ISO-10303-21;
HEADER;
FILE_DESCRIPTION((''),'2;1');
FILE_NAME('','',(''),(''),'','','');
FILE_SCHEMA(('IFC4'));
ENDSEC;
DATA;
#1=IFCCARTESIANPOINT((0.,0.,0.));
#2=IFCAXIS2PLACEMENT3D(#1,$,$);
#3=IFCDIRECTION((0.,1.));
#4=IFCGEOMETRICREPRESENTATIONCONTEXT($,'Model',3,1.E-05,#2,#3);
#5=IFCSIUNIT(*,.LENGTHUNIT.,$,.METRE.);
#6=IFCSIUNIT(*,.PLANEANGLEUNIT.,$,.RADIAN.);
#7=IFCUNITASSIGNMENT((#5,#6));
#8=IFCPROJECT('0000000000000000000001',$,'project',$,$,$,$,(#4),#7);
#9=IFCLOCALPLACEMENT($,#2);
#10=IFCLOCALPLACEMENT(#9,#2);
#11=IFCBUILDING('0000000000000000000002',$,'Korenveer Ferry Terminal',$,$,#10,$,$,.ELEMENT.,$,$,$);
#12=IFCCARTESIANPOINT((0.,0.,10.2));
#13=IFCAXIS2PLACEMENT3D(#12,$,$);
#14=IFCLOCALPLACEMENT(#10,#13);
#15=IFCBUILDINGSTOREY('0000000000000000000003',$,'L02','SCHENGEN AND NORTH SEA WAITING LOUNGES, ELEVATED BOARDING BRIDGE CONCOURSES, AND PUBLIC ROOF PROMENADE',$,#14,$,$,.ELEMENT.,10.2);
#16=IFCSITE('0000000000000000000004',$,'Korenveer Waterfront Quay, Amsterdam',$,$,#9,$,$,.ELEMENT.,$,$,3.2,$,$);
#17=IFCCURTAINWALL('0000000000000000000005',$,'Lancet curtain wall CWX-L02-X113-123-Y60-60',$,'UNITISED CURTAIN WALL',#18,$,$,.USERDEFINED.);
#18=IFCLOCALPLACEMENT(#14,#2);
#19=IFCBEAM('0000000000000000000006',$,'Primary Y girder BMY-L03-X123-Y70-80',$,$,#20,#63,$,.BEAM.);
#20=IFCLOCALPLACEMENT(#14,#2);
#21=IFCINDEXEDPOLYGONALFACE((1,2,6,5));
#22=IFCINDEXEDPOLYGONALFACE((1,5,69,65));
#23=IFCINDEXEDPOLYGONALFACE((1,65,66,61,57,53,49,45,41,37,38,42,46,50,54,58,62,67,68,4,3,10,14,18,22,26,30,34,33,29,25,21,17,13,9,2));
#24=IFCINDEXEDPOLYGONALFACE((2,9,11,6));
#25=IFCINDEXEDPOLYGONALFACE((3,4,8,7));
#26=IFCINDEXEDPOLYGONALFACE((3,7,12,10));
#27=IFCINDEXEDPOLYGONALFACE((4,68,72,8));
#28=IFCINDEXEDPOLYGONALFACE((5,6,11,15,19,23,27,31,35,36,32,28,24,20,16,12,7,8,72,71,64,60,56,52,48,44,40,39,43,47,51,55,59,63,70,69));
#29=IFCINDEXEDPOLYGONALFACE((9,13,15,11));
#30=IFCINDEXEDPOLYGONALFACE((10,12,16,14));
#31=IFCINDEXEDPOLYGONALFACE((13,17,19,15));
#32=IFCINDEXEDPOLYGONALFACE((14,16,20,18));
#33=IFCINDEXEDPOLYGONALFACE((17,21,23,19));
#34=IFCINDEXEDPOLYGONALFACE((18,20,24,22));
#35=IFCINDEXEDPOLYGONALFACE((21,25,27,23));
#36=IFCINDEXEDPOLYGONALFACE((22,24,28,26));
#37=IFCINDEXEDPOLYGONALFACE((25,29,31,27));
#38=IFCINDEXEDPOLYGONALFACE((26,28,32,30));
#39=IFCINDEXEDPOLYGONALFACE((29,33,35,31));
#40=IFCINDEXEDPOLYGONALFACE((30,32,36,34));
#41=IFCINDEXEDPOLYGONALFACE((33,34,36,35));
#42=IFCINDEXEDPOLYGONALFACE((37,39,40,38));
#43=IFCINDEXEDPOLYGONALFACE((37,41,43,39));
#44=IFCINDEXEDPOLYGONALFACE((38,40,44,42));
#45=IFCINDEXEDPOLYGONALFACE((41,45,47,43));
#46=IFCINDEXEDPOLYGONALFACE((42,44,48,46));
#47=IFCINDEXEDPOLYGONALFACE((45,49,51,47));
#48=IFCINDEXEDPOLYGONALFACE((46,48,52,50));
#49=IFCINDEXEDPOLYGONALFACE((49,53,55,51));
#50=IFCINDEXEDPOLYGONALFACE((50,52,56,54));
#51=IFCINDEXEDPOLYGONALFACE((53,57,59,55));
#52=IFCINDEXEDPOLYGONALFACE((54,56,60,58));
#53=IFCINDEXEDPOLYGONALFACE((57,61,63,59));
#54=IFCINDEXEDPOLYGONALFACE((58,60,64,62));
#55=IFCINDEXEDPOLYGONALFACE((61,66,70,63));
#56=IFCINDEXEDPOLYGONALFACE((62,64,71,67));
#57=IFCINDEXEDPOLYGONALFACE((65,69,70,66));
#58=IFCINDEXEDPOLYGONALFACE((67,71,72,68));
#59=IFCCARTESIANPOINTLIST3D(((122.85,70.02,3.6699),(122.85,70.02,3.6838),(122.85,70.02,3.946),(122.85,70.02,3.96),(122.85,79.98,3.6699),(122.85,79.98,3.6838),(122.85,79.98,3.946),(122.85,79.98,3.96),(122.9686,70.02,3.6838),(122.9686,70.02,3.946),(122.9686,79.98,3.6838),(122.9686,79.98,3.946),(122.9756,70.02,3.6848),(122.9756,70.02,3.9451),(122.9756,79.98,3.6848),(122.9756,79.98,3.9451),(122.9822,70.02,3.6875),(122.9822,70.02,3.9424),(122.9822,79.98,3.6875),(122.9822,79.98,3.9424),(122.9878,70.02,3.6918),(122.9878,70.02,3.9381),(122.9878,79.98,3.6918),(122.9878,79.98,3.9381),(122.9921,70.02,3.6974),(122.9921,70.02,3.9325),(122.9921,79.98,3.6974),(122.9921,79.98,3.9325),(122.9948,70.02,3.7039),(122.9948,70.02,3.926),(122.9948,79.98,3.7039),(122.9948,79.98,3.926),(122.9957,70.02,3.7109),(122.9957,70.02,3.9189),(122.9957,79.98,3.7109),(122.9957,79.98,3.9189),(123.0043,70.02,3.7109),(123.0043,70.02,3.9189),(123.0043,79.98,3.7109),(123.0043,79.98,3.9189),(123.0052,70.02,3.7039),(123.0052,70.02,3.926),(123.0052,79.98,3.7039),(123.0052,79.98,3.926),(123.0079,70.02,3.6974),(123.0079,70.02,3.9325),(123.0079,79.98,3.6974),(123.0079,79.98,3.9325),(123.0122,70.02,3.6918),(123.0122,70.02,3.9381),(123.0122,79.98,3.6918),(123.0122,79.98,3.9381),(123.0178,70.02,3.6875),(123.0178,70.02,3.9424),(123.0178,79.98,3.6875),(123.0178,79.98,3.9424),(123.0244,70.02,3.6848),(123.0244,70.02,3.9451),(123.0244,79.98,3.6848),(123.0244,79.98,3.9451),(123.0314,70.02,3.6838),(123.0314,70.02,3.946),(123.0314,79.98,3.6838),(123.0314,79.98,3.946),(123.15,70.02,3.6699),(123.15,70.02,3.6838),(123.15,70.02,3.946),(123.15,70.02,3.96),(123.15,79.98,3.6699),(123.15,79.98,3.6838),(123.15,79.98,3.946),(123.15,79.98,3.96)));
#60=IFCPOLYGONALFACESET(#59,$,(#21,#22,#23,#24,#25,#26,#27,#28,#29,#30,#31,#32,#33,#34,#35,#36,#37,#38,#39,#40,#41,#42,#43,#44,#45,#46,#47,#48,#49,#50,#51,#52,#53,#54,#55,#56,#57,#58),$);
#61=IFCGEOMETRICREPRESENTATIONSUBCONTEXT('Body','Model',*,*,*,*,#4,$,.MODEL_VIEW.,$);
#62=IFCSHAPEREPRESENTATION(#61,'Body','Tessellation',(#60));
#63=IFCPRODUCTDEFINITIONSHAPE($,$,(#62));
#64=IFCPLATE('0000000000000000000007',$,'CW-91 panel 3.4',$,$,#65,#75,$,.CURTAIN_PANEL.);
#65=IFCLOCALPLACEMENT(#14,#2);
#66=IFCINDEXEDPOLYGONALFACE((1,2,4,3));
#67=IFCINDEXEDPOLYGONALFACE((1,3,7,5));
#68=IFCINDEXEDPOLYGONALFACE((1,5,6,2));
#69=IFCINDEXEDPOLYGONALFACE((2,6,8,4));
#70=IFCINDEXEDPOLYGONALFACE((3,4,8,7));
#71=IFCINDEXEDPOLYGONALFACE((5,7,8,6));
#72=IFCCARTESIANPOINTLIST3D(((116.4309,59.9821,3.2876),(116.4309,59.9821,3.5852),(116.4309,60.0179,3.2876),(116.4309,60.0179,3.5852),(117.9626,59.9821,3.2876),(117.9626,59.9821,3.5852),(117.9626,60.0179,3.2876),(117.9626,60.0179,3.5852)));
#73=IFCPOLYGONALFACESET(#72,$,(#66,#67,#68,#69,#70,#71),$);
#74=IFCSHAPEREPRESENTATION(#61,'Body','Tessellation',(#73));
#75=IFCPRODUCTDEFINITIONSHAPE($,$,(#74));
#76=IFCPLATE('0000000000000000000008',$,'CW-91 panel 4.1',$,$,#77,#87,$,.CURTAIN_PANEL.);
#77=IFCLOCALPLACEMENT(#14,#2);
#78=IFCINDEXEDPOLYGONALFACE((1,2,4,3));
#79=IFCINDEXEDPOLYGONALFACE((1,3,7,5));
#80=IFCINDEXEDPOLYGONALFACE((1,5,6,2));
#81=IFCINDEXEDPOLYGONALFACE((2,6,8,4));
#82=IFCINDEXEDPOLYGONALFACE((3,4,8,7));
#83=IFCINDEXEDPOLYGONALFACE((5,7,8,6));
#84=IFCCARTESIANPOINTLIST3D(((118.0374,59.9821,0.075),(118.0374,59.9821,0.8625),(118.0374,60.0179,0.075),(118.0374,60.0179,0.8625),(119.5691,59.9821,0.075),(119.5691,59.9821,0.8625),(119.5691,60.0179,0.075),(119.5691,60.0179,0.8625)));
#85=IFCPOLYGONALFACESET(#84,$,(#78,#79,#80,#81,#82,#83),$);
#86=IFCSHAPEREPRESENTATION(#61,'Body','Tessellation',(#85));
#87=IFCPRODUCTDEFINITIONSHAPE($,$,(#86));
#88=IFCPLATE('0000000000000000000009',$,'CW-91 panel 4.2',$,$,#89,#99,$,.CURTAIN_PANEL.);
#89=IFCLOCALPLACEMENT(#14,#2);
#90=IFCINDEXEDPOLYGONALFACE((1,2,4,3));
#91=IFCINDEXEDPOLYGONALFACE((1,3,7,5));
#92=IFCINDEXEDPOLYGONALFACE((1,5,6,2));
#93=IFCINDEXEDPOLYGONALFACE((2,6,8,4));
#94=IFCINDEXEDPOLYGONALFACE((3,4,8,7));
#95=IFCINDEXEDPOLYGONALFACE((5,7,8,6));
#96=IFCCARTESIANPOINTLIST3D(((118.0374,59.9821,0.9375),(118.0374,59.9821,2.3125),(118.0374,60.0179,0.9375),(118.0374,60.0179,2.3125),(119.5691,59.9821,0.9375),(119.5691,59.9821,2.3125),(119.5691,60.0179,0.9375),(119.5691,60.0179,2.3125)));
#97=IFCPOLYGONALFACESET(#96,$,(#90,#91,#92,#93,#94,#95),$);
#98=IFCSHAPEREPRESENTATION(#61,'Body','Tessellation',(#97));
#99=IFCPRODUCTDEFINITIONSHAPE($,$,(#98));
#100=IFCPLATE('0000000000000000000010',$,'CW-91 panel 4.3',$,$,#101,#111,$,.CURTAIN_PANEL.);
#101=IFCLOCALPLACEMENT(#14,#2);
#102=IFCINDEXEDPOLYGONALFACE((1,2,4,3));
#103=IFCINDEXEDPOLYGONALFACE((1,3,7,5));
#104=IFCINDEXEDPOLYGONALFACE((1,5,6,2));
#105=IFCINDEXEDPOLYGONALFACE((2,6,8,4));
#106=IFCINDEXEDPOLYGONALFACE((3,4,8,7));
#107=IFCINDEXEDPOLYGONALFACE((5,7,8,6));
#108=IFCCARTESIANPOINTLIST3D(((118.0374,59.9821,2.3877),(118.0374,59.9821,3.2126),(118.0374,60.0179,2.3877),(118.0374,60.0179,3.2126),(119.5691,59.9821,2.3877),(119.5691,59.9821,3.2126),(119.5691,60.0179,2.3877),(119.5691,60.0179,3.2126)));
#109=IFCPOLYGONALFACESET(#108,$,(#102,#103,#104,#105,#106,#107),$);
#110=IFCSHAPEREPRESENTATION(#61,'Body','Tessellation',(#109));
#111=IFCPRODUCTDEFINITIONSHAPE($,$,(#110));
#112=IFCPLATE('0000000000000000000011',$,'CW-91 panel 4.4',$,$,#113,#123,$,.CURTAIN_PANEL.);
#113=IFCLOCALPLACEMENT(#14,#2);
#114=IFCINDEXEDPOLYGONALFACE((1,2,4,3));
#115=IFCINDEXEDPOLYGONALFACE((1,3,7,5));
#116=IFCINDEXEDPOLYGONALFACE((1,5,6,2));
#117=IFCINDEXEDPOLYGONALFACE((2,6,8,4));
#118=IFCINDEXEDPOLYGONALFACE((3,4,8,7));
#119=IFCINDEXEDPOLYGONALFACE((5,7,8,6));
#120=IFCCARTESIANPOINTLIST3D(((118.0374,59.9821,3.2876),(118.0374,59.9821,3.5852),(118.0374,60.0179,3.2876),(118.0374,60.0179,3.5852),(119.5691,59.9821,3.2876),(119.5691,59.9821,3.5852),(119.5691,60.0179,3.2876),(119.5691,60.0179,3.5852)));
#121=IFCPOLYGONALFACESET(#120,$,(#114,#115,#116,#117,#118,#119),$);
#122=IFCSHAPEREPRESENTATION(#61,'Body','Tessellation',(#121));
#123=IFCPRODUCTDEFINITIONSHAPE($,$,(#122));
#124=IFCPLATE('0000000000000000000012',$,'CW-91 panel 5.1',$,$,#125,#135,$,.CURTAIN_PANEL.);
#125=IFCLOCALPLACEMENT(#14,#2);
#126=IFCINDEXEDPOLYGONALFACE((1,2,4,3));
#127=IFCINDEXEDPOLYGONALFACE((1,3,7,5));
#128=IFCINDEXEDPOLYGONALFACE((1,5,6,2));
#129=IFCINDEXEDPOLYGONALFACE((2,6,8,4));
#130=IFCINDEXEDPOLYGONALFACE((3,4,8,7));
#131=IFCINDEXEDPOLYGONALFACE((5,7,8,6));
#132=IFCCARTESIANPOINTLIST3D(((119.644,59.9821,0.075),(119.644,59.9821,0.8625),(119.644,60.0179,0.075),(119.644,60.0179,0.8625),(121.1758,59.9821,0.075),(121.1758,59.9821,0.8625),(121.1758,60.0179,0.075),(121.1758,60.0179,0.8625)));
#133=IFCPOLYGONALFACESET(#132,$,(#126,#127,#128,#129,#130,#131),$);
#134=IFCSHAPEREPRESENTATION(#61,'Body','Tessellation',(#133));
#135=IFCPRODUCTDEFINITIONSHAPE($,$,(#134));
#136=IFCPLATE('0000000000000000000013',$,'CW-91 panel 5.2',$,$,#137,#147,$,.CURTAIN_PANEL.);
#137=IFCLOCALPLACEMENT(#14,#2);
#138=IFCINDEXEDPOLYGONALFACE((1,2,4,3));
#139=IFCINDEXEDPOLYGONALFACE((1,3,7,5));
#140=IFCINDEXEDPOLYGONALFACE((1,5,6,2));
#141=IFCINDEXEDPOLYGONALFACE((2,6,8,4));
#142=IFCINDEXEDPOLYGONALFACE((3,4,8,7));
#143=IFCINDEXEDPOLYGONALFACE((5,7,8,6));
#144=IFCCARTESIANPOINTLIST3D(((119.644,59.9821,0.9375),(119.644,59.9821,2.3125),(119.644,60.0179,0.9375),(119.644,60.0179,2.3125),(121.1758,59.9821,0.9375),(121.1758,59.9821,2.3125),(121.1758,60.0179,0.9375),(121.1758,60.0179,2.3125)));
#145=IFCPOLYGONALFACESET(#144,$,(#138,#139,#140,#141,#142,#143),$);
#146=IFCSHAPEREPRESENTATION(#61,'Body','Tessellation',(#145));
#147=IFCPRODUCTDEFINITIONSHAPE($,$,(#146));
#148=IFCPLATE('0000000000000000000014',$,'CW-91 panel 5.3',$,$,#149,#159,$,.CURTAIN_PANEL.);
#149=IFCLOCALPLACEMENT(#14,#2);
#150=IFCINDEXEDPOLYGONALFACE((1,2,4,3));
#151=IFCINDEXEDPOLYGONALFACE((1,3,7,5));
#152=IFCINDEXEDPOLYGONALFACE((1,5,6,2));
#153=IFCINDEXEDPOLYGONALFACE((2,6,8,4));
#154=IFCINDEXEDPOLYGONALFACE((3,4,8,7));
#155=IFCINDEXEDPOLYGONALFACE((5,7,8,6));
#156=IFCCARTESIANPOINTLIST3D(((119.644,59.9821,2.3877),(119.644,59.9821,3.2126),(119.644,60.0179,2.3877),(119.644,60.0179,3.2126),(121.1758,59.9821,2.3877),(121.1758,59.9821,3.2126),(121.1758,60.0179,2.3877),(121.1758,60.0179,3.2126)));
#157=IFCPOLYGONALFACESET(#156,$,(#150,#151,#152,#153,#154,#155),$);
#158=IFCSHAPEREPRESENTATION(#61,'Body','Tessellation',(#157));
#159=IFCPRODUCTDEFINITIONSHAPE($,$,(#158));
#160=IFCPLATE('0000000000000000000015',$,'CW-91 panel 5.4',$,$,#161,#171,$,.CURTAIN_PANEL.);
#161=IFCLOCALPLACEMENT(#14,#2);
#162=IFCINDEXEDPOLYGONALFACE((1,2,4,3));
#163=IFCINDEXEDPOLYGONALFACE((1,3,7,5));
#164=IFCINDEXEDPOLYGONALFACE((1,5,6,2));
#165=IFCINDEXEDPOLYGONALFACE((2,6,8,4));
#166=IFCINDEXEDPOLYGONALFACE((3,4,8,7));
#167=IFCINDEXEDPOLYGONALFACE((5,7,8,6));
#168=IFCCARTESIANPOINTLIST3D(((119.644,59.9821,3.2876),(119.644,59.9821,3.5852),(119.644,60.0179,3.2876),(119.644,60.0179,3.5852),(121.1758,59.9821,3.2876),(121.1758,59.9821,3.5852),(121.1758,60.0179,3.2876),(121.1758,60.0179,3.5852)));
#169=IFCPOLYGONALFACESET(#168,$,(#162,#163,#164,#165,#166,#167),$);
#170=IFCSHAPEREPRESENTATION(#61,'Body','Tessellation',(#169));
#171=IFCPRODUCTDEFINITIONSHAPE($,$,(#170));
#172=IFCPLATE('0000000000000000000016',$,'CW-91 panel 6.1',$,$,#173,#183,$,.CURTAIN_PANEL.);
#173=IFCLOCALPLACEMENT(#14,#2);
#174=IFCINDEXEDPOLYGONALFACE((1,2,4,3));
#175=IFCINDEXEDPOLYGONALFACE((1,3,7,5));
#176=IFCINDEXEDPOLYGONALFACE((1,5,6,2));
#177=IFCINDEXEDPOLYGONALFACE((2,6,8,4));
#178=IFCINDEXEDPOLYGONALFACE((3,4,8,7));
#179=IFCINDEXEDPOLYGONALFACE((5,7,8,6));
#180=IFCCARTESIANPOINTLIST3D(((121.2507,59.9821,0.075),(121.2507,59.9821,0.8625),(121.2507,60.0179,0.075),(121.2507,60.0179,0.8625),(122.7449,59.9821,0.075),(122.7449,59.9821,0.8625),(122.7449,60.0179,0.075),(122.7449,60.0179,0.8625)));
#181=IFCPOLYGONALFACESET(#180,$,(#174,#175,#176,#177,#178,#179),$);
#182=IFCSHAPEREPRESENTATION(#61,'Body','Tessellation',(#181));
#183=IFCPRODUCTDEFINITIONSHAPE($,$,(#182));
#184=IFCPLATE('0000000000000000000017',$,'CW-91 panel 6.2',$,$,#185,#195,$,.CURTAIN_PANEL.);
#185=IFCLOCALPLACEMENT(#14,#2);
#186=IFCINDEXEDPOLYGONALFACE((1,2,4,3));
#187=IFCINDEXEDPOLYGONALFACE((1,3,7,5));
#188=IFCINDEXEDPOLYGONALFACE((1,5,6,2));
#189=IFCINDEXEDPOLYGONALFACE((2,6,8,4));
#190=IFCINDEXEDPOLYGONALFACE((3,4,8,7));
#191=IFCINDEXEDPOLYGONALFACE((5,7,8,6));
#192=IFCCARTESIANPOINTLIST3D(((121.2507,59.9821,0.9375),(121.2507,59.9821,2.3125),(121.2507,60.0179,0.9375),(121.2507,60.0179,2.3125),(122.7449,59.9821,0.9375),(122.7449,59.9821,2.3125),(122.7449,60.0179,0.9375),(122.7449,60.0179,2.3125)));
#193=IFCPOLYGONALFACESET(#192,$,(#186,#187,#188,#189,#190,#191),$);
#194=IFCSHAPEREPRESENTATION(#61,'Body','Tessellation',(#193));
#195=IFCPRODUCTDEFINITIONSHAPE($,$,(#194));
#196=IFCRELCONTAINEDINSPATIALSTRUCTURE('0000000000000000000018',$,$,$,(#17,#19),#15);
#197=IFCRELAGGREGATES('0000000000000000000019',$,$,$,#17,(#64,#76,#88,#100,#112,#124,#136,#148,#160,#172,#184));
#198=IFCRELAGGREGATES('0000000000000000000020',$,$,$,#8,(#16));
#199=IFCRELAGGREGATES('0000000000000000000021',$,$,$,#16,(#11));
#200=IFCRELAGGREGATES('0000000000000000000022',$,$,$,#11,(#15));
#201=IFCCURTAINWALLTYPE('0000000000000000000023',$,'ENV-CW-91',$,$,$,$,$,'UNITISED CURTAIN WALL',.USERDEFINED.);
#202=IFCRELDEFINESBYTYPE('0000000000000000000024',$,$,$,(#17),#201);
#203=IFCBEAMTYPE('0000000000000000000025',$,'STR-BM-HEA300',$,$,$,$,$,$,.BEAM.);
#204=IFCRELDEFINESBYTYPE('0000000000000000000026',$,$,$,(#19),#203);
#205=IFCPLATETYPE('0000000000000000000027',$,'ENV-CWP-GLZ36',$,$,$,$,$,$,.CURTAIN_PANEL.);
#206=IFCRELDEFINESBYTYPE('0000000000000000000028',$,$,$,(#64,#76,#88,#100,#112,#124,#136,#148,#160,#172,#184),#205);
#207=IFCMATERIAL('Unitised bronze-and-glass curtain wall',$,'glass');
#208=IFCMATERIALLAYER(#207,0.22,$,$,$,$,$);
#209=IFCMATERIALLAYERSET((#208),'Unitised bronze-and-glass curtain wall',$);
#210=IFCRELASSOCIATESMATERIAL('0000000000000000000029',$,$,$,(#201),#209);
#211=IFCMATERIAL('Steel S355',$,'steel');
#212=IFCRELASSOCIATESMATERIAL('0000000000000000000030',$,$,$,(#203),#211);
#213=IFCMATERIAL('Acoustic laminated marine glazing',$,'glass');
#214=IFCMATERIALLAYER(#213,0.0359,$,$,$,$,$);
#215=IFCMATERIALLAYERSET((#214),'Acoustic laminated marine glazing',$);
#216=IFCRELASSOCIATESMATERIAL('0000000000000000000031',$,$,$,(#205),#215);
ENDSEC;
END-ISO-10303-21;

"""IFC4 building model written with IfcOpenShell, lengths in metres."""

from ifc_helpers import new_model, si_unit, direction, frame, origin, origin_2d, place, context, subcontext, project, spatial, rectangle, i_section, extrude, material, layer, layer_set, material_profile, profile_set, type_object, element, aggregate, save


model = new_model("IFC4")

# Units and contexts
model_context = context("Model", 3, precision=1e-05, world=origin(), true_north=direction((0.0, 1.0)))
body_context = subcontext(model_context, "Body", "Model", "MODEL_VIEW")
ifc_project = project(units=[si_unit("LENGTHUNIT", "METRE"), si_unit("PLANEANGLEUNIT", "RADIAN")], contexts=[model_context])

# Site, building, storey
site_placement = place(None, origin())
site = spatial("IfcSite", under=ifc_project, at=site_placement, Name="Korenveer Waterfront Quay, Amsterdam", CompositionType="ELEMENT", RefElevation=3.2)
building_placement = place(site_placement, origin())
building = spatial("IfcBuilding", under=site, at=building_placement, Name="Korenveer Ferry Terminal", CompositionType="ELEMENT")
storey_placement = place(building_placement, frame((0.0, 0.0, 10.2)))
storey = spatial("IfcBuildingStorey", under=building, at=storey_placement, Name="L02", Description="SCHENGEN AND NORTH SEA WAITING LOUNGES, ELEVATED BOARDING BRIDGE CONCOURSES, AND PUBLIC ROOF PROMENADE", CompositionType="ELEMENT", Elevation=10.2)

# Shared definitions
ifc_material_1 = material(Name="Steel S355", Category="steel")

# Curtain wall
ifc_material_2 = material(Name="Unitised bronze-and-glass curtain wall", Category="glass")
ifc_layer_1 = layer(ifc_material_2, 0.22)
ifc_layer_set_1 = layer_set([ifc_layer_1], Name="Unitised bronze-and-glass curtain wall")
curtain_wall_type_1 = type_object("IfcCurtainWallType", Name="ENV-CW-91", ElementType="UNITISED CURTAIN WALL", PredefinedType="USERDEFINED", material=ifc_layer_set_1)
curtain_wall_1_placement = place(storey_placement, frame((113.1799, 60.0, 0.0)))
curtain_wall_1 = element("IfcCurtainWall", 1, at=curtain_wall_1_placement, inside=storey, type_object=curtain_wall_type_1, Name="Lancet curtain wall CWX-L02-X113-123-Y60-60", ObjectType="UNITISED CURTAIN WALL", PredefinedType="USERDEFINED")

# Beam
ifc_material_profile_1 = material_profile(ifc_material_1, i_section(OverallWidth=0.3, OverallDepth=0.29, WebThickness=0.0085, FlangeThickness=0.0139, FilletRadius=0.0271, at=origin_2d()), Name="HEA 300")
ifc_profile_set_1 = profile_set([ifc_material_profile_1], Name="Steel S355")
beam_type = type_object("IfcBeamType", Name="STR-BM-HEA300", PredefinedType="BEAM", material=ifc_profile_set_1)
beam_placement = place(storey_placement, frame((123.0, 70.02, 3.8149), z_axis=(0.0, 1.0, 0.0), x_axis=(-1.0, 0.0, 0.0)))
element("IfcBeam", 2, at=beam_placement, inside=storey, type_object=beam_type, Name="Primary Y girder BMY-L03-X123-Y70-80", PredefinedType="BEAM", context=body_context, shape_type="SweptSolid", body=[
    extrude(i_section(OverallWidth=0.3, OverallDepth=0.29, WebThickness=0.0085, FlangeThickness=0.0139, FilletRadius=0.0271, at=origin_2d()), origin(), (0.0, 0.0, 1.0), 9.96),
])

# Plates
ifc_material_3 = material(Name="Acoustic laminated marine glazing", Category="glass")
ifc_layer_2 = layer(ifc_material_3, 0.0359)
ifc_layer_set_2 = layer_set([ifc_layer_2], Name="Acoustic laminated marine glazing")
plate_type = type_object("IfcPlateType", Name="ENV-CWP-GLZ36", PredefinedType="CURTAIN_PANEL", material=ifc_layer_set_2)
plate_1_placement = place(storey_placement, frame((117.1968, 60.0, 3.2876), z_axis=(0.0, 0.0, 1.0), x_axis=(1.0, 0.0, 0.0)))
plate_1 = element("IfcPlate", 3, at=plate_1_placement, type_object=plate_type, Name="CW-91 panel 3.4", PredefinedType="CURTAIN_PANEL", context=body_context, shape_type="SweptSolid", body=[
    extrude(rectangle(XDim=1.5317, YDim=0.0359, at=origin_2d()), origin(), (0.0, 0.0, 1.0), 0.2976),
])
plate_2_placement = place(storey_placement, frame((118.8032, 60.0, 0.075), z_axis=(0.0, 0.0, 1.0), x_axis=(1.0, 0.0, 0.0)))
plate_2 = element("IfcPlate", 4, at=plate_2_placement, type_object=plate_type, Name="CW-91 panel 4.1", PredefinedType="CURTAIN_PANEL", context=body_context, shape_type="SweptSolid", body=[
    extrude(rectangle(XDim=1.5317, YDim=0.0359, at=origin_2d()), origin(), (0.0, 0.0, 1.0), 0.7876),
])
plate_3_placement = place(storey_placement, frame((118.8032, 60.0, 0.9375), z_axis=(0.0, 0.0, 1.0), x_axis=(1.0, 0.0, 0.0)))
plate_3 = element("IfcPlate", 5, at=plate_3_placement, type_object=plate_type, Name="CW-91 panel 4.2", PredefinedType="CURTAIN_PANEL", context=body_context, shape_type="SweptSolid", body=[
    extrude(rectangle(XDim=1.5317, YDim=0.0359, at=origin_2d()), origin(), (0.0, 0.0, 1.0), 1.375),
])
plate_4_placement = place(storey_placement, frame((118.8032, 60.0, 2.3877), z_axis=(0.0, 0.0, 1.0), x_axis=(1.0, 0.0, 0.0)))
plate_4 = element("IfcPlate", 6, at=plate_4_placement, type_object=plate_type, Name="CW-91 panel 4.3", PredefinedType="CURTAIN_PANEL", context=body_context, shape_type="SweptSolid", body=[
    extrude(rectangle(XDim=1.5317, YDim=0.0359, at=origin_2d()), origin(), (0.0, 0.0, 1.0), 0.825),
])
plate_5_placement = place(storey_placement, frame((118.8032, 60.0, 3.2876), z_axis=(0.0, 0.0, 1.0), x_axis=(1.0, 0.0, 0.0)))
plate_5 = element("IfcPlate", 7, at=plate_5_placement, type_object=plate_type, Name="CW-91 panel 4.4", PredefinedType="CURTAIN_PANEL", context=body_context, shape_type="SweptSolid", body=[
    extrude(rectangle(XDim=1.5317, YDim=0.0359, at=origin_2d()), origin(), (0.0, 0.0, 1.0), 0.2976),
])
plate_6_placement = place(storey_placement, frame((120.4099, 60.0, 0.075), z_axis=(0.0, 0.0, 1.0), x_axis=(1.0, 0.0, 0.0)))
plate_6 = element("IfcPlate", 8, at=plate_6_placement, type_object=plate_type, Name="CW-91 panel 5.1", PredefinedType="CURTAIN_PANEL", context=body_context, shape_type="SweptSolid", body=[
    extrude(rectangle(XDim=1.5317, YDim=0.0359, at=origin_2d()), origin(), (0.0, 0.0, 1.0), 0.7876),
])
plate_7_placement = place(storey_placement, frame((120.4099, 60.0, 0.9375), z_axis=(0.0, 0.0, 1.0), x_axis=(1.0, 0.0, 0.0)))
plate_7 = element("IfcPlate", 9, at=plate_7_placement, type_object=plate_type, Name="CW-91 panel 5.2", PredefinedType="CURTAIN_PANEL", context=body_context, shape_type="SweptSolid", body=[
    extrude(rectangle(XDim=1.5317, YDim=0.0359, at=origin_2d()), origin(), (0.0, 0.0, 1.0), 1.375),
])
plate_8_placement = place(storey_placement, frame((120.4099, 60.0, 2.3877), z_axis=(0.0, 0.0, 1.0), x_axis=(1.0, 0.0, 0.0)))
plate_8 = element("IfcPlate", 10, at=plate_8_placement, type_object=plate_type, Name="CW-91 panel 5.3", PredefinedType="CURTAIN_PANEL", context=body_context, shape_type="SweptSolid", body=[
    extrude(rectangle(XDim=1.5317, YDim=0.0359, at=origin_2d()), origin(), (0.0, 0.0, 1.0), 0.825),
])
plate_9_placement = place(storey_placement, frame((120.4099, 60.0, 3.2876), z_axis=(0.0, 0.0, 1.0), x_axis=(1.0, 0.0, 0.0)))
plate_9 = element("IfcPlate", 11, at=plate_9_placement, type_object=plate_type, Name="CW-91 panel 5.4", PredefinedType="CURTAIN_PANEL", context=body_context, shape_type="SweptSolid", body=[
    extrude(rectangle(XDim=1.5317, YDim=0.0359, at=origin_2d()), origin(), (0.0, 0.0, 1.0), 0.2976),
])
plate_10_placement = place(storey_placement, frame((121.9978, 60.0, 0.075), z_axis=(0.0, 0.0, 1.0), x_axis=(1.0, 0.0, 0.0)))
plate_10 = element("IfcPlate", 12, at=plate_10_placement, type_object=plate_type, Name="CW-91 panel 6.1", PredefinedType="CURTAIN_PANEL", context=body_context, shape_type="SweptSolid", body=[
    extrude(rectangle(XDim=1.4941, YDim=0.0359, at=origin_2d()), origin(), (0.0, 0.0, 1.0), 0.7876),
])
plate_11_placement = place(storey_placement, frame((121.9978, 60.0, 0.9375), z_axis=(0.0, 0.0, 1.0), x_axis=(1.0, 0.0, 0.0)))
plate_11 = element("IfcPlate", 13, at=plate_11_placement, type_object=plate_type, Name="CW-91 panel 6.2", PredefinedType="CURTAIN_PANEL", context=body_context, shape_type="SweptSolid", body=[
    extrude(rectangle(XDim=1.4941, YDim=0.0359, at=origin_2d()), origin(), (0.0, 0.0, 1.0), 1.375),
])
aggregate(curtain_wall_1, [plate_1, plate_2, plate_3, plate_4, plate_5, plate_6, plate_7, plate_8, plate_9, plate_10, plate_11])

save(model, "model.ifc")
